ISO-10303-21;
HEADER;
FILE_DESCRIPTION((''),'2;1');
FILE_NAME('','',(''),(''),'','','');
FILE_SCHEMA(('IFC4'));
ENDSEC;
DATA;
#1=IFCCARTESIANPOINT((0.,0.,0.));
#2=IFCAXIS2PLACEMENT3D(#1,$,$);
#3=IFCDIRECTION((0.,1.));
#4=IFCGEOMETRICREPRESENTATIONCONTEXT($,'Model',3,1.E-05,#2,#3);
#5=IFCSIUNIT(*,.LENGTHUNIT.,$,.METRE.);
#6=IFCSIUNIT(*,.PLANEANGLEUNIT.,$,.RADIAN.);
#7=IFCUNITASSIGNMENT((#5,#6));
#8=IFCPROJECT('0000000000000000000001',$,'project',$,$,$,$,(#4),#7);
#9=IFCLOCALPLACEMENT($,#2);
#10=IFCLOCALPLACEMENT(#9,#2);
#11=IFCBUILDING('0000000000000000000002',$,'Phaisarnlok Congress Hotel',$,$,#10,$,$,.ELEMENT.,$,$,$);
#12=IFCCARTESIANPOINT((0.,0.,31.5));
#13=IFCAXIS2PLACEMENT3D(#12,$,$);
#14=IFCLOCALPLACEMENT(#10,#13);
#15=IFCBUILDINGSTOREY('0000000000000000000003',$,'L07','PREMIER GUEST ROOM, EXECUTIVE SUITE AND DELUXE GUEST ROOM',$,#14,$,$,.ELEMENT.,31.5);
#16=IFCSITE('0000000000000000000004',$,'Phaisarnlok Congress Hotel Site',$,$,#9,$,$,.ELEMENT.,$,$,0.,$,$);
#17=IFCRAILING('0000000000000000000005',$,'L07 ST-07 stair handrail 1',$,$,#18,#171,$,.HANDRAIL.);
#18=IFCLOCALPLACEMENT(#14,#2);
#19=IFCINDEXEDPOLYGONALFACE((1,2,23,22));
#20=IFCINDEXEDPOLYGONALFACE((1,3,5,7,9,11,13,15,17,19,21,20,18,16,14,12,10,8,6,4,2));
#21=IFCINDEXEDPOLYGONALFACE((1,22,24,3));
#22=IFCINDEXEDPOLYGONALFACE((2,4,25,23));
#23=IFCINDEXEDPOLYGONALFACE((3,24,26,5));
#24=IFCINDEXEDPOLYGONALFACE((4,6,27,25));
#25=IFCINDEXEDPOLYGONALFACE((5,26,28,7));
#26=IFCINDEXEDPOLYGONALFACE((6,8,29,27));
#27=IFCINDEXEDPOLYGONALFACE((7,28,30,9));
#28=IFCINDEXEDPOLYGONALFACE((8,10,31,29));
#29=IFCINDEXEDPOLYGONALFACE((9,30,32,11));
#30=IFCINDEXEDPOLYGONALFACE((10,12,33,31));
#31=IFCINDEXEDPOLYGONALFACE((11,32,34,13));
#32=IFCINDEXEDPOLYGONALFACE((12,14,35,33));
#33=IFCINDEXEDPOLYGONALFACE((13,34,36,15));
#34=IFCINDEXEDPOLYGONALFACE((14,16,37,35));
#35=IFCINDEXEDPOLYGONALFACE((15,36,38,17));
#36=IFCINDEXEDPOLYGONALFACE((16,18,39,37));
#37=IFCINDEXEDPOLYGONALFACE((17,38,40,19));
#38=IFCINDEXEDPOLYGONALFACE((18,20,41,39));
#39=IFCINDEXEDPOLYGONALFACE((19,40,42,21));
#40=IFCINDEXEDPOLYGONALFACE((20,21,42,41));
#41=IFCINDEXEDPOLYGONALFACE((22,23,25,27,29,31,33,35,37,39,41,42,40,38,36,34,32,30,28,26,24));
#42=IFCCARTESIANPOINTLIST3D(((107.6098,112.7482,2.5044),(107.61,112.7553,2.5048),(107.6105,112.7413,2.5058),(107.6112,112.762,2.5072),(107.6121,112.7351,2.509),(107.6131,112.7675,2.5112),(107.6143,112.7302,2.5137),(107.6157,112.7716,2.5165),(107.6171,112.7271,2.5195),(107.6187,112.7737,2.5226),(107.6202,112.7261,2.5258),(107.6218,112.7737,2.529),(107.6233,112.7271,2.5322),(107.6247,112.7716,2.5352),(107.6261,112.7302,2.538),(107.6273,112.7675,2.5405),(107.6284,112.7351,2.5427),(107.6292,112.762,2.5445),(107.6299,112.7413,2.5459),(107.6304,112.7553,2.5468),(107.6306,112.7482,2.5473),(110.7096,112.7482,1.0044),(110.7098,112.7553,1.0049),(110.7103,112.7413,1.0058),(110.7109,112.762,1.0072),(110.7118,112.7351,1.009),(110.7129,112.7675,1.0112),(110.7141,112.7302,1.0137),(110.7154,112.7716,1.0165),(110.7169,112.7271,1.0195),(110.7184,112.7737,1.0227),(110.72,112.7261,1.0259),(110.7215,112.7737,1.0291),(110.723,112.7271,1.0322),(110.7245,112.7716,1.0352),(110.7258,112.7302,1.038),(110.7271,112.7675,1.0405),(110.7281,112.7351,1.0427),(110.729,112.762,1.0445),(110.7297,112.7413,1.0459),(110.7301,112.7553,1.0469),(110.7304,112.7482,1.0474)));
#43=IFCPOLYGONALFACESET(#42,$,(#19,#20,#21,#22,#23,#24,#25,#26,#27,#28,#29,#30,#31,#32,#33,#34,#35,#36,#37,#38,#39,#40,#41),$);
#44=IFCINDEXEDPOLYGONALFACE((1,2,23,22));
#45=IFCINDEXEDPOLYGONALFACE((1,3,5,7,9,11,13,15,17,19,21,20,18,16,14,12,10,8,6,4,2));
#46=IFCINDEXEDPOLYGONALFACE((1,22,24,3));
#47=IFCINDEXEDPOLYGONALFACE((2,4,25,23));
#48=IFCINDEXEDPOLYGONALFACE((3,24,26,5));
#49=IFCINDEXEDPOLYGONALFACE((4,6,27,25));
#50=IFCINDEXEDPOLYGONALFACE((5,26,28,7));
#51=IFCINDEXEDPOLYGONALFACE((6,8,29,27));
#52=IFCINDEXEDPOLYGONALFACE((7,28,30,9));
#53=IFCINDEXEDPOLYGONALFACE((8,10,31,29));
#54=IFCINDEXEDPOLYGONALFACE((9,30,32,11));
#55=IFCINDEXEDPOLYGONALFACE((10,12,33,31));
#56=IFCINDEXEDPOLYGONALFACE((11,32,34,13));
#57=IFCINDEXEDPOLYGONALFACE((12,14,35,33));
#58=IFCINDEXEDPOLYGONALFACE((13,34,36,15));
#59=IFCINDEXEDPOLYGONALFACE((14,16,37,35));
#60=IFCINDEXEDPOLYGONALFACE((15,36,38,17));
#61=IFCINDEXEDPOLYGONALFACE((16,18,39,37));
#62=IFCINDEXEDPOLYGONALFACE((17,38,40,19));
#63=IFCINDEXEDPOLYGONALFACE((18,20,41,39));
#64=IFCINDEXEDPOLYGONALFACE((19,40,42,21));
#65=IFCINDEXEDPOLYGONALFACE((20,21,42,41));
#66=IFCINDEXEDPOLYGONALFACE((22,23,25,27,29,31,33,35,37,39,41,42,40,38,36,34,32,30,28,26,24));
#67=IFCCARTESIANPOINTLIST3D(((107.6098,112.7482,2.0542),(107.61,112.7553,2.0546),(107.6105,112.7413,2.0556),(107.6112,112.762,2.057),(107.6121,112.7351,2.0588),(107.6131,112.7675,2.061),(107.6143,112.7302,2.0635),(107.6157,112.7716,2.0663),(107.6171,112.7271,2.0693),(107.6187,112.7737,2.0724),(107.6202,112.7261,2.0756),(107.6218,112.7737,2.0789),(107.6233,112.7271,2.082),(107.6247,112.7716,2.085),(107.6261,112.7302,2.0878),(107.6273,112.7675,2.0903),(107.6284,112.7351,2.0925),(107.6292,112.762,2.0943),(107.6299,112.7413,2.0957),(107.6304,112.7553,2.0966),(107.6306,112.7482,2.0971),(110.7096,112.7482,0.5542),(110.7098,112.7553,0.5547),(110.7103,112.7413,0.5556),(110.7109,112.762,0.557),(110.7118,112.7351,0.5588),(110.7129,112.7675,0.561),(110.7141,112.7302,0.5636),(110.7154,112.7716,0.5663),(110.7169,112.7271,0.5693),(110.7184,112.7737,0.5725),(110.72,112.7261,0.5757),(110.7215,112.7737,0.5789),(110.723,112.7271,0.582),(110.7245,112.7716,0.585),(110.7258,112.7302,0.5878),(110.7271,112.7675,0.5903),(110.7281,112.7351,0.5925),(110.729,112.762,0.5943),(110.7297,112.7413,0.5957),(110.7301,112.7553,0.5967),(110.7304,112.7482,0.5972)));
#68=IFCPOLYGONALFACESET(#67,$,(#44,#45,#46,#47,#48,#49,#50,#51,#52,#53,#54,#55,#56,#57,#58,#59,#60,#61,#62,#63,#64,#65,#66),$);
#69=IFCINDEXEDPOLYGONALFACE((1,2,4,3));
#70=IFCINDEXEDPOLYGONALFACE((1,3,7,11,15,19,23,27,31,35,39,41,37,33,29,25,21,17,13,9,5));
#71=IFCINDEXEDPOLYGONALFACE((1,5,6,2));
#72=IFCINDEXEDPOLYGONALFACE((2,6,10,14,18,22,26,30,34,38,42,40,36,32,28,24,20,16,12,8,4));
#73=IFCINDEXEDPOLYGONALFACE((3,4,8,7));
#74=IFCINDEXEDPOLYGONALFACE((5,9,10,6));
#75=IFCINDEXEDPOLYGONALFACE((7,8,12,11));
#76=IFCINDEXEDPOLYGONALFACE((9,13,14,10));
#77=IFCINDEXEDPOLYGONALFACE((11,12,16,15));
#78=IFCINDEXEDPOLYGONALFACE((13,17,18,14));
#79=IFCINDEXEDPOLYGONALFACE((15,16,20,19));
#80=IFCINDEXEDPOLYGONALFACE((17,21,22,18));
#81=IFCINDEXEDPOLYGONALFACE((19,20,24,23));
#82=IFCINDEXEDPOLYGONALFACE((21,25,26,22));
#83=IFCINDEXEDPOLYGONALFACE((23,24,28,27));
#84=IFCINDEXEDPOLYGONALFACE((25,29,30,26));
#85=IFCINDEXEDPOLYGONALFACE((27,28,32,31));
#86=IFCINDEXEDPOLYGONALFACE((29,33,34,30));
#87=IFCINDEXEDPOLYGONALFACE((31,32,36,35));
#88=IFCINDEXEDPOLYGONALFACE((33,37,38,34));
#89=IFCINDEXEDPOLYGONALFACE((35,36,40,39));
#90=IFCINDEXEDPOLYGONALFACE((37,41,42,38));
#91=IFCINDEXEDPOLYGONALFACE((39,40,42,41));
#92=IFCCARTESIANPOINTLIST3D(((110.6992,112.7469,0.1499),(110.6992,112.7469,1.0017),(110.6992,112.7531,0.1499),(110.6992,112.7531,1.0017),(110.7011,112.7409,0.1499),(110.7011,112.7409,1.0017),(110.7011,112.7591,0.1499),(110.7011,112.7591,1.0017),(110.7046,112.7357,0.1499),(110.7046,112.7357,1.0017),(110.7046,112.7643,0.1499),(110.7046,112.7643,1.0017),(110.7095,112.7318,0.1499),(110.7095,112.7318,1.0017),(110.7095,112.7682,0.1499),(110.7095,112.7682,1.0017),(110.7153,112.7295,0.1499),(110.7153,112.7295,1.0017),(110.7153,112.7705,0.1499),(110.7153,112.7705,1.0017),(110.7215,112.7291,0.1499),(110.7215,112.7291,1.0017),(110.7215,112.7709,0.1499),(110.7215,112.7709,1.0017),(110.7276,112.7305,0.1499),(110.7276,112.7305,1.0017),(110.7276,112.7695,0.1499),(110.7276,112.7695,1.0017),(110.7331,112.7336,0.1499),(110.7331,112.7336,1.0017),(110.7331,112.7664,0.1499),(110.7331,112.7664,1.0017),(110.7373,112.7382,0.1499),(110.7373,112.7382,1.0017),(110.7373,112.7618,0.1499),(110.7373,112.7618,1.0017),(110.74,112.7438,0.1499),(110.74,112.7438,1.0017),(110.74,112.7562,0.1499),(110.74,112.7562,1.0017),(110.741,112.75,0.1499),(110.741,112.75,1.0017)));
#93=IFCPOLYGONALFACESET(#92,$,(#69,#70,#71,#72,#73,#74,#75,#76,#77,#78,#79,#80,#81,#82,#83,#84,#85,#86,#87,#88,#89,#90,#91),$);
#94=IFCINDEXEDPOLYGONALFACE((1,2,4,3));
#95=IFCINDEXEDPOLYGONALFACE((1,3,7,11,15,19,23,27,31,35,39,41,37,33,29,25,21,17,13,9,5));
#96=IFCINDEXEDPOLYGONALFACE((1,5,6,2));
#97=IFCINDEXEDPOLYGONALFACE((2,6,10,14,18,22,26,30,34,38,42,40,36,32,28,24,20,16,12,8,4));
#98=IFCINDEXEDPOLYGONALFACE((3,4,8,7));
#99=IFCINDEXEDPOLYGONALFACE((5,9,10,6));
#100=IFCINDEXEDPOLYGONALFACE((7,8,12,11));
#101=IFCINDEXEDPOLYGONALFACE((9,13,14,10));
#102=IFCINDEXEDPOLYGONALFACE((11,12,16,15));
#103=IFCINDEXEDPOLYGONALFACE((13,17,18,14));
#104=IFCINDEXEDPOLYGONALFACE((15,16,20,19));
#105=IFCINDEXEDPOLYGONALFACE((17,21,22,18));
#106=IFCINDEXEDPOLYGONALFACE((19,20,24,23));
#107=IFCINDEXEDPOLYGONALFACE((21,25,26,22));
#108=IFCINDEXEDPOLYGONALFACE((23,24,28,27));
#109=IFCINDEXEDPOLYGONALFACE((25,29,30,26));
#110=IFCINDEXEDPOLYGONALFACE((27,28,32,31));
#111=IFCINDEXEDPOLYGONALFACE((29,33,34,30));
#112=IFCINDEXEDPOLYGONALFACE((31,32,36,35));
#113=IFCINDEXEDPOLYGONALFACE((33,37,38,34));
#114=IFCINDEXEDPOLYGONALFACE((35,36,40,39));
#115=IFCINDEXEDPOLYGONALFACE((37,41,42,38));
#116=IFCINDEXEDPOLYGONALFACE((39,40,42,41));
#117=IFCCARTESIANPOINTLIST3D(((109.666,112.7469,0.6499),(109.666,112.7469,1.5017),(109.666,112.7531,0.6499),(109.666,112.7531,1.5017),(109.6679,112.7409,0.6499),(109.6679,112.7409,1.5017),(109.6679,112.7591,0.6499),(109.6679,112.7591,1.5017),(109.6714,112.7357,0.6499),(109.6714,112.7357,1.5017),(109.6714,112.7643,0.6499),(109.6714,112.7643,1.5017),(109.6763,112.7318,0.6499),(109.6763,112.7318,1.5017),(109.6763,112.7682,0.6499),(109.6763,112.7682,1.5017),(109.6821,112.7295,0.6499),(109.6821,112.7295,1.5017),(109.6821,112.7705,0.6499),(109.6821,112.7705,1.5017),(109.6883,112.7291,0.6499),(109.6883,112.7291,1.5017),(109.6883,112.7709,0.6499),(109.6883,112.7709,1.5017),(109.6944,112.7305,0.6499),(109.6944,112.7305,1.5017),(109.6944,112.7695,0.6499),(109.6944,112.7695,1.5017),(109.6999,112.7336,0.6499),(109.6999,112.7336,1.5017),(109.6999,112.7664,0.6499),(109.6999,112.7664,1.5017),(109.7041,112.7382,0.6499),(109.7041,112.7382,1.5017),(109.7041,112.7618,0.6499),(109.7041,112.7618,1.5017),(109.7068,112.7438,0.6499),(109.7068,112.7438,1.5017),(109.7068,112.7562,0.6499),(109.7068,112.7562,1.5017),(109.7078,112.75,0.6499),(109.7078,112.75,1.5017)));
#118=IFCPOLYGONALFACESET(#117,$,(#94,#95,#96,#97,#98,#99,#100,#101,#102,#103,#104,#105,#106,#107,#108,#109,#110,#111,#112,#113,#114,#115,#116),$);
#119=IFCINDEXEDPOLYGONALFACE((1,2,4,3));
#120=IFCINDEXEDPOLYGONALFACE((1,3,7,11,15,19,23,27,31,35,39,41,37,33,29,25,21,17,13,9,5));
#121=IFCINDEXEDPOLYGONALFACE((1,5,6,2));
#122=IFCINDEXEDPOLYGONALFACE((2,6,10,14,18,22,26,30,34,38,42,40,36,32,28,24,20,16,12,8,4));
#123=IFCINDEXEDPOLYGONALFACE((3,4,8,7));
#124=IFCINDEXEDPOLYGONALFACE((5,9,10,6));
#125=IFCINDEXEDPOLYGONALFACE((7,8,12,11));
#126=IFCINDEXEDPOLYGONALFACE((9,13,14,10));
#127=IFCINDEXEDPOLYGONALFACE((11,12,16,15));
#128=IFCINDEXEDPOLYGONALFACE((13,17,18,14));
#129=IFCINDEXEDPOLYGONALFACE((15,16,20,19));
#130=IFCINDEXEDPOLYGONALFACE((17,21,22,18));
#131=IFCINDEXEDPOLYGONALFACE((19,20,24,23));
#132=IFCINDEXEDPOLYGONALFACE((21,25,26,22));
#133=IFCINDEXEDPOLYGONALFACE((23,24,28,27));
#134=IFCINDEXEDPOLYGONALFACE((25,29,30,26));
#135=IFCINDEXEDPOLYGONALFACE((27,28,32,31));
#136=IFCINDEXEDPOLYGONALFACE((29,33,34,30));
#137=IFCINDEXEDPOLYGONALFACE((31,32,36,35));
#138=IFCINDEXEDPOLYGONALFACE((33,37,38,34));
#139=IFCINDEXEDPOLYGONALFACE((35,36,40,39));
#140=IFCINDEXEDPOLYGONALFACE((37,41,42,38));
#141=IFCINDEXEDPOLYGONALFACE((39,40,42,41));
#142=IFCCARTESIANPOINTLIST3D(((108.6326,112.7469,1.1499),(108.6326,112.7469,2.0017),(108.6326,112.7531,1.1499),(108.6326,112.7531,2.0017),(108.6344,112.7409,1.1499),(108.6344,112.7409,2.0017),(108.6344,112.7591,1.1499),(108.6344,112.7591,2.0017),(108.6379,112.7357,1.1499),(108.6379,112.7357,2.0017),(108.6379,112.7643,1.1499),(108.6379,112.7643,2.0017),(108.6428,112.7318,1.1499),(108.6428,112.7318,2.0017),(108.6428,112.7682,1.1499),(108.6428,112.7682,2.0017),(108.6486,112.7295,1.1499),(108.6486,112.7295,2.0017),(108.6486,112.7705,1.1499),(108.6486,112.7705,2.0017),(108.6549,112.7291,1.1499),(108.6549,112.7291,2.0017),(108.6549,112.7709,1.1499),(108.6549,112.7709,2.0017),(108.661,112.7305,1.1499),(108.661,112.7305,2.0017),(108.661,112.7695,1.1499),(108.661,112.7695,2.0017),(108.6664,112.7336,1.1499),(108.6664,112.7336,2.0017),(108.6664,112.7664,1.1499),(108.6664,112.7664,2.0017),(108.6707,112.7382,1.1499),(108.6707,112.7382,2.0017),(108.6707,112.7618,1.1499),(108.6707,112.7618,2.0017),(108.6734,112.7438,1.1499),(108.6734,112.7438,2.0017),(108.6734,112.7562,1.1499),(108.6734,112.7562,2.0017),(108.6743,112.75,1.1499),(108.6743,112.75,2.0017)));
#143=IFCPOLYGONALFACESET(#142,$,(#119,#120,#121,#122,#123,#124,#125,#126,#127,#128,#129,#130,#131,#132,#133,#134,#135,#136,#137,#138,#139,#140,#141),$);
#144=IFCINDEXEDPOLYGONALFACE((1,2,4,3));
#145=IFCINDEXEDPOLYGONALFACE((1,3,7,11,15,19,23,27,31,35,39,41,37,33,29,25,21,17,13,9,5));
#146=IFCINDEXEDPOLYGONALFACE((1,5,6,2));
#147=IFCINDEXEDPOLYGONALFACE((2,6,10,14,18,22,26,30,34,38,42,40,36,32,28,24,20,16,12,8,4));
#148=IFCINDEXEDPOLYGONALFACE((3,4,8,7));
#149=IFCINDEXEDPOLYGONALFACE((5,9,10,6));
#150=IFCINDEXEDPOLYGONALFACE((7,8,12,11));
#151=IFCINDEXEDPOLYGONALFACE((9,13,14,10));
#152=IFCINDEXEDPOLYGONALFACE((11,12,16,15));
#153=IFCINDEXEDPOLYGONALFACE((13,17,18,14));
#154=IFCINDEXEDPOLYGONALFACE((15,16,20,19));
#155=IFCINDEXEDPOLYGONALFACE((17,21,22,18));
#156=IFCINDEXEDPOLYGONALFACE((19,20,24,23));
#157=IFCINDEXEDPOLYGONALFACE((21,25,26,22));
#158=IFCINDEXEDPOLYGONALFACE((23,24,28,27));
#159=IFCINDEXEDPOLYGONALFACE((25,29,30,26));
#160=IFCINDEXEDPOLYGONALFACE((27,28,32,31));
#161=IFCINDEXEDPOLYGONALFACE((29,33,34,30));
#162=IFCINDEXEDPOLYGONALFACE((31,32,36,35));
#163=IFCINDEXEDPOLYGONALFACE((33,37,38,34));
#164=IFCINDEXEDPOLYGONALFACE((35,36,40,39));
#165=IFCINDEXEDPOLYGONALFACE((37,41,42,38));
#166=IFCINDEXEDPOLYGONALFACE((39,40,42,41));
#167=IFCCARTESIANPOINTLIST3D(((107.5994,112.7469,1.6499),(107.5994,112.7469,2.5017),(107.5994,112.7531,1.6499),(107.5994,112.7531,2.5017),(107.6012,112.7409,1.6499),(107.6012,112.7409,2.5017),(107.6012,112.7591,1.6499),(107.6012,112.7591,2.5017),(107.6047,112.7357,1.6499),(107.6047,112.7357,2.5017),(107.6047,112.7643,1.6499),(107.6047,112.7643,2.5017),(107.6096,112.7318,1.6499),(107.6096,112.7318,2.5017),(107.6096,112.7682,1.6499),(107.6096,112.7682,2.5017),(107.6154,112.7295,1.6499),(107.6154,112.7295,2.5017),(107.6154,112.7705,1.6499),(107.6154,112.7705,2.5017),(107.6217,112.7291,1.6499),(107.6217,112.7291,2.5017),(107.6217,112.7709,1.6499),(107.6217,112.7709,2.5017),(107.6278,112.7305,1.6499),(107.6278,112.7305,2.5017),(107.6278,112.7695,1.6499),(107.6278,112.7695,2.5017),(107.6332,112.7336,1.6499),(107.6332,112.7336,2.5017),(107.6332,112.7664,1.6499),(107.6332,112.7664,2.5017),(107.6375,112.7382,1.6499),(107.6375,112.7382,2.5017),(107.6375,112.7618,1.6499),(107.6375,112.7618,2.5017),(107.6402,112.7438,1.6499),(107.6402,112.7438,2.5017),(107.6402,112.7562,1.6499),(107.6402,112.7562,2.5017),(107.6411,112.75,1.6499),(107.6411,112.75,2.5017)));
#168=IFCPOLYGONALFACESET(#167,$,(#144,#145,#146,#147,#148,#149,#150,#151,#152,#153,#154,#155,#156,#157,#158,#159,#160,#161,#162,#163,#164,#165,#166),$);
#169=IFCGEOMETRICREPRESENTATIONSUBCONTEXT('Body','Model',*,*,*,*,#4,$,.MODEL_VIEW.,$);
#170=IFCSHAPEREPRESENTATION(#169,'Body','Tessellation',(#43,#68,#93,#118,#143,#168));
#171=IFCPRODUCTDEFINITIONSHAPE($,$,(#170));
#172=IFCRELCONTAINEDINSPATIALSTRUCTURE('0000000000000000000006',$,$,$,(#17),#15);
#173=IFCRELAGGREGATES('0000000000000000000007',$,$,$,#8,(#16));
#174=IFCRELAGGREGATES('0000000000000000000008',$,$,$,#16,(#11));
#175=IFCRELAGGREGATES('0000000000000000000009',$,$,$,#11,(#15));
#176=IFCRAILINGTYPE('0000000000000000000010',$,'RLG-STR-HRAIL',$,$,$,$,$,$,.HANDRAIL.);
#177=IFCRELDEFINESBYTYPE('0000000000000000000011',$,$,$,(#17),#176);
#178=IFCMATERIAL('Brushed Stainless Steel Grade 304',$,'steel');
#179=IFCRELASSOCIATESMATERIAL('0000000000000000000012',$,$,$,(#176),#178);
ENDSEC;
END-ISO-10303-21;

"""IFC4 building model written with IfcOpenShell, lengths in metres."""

from ifc_helpers import new_model, si_unit, direction, frame, origin, origin_2d, place, context, subcontext, project, spatial, circle, extrude, material, type_object, element, save


model = new_model("IFC4")

# Units and contexts
model_context = context("Model", 3, precision=1e-05, world=origin(), true_north=direction((0.0, 1.0)))
body_context = subcontext(model_context, "Body", "Model", "MODEL_VIEW")
ifc_project = project(units=[si_unit("LENGTHUNIT", "METRE"), si_unit("PLANEANGLEUNIT", "RADIAN")], contexts=[model_context])

# Site, building, storey
site_placement = place(None, origin())
site = spatial("IfcSite", under=ifc_project, at=site_placement, Name="Phaisarnlok Congress Hotel Site", CompositionType="ELEMENT", RefElevation=0.0)
building_placement = place(site_placement, origin())
building = spatial("IfcBuilding", under=site, at=building_placement, Name="Phaisarnlok Congress Hotel", CompositionType="ELEMENT")
storey_placement = place(building_placement, frame((0.0, 0.0, 31.5)))
storey = spatial("IfcBuildingStorey", under=building, at=storey_placement, Name="L07", Description="PREMIER GUEST ROOM, EXECUTIVE SUITE AND DELUXE GUEST ROOM", CompositionType="ELEMENT", Elevation=31.5)

# Shared definitions
ifc_material_1 = material(Name="Brushed Stainless Steel Grade 304", Category="steel")

# Railing
railing_type_1 = type_object("IfcRailingType", Name="RLG-STR-HRAIL", PredefinedType="HANDRAIL", material=ifc_material_1)
railing_1_placement = place(storey_placement, frame((110.72, 112.75, 0.1499)))
element("IfcRailing", 1, at=railing_1_placement, inside=storey, type_object=railing_type_1, Name="L07 ST-07 stair handrail 1", PredefinedType="HANDRAIL", context=body_context, shape_type="SweptSolid", body=[
    extrude(circle(Radius=0.0239, at=origin_2d()), frame((0.0, 0.0, 0.876), z_axis=(-0.900151, 0.0, 0.435578), x_axis=(0.0, -1.0, 0.0)), (0.0, 0.0, 1.0), 3.4436),
    extrude(circle(Radius=0.0239, at=origin_2d()), frame((0.0, 0.0, 0.4258), z_axis=(-0.900151, 0.0, 0.435578), x_axis=(0.0, -1.0, 0.0)), (0.0, 0.0, 1.0), 3.4436),
    extrude(circle(Radius=0.021, at=origin_2d()), origin(), (0.0, 0.0, 1.0), 0.8518),
    extrude(circle(Radius=0.021, at=origin_2d()), frame((-1.0332, 0.0, 0.5)), (0.0, 0.0, 1.0), 0.8518),
    extrude(circle(Radius=0.021, at=origin_2d()), frame((-2.0667, 0.0, 1.0)), (0.0, 0.0, 1.0), 0.8518),
    extrude(circle(Radius=0.021, at=origin_2d()), frame((-3.0999, 0.0, 1.5)), (0.0, 0.0, 1.0), 0.8518),
])

save(model, "model.ifc")
